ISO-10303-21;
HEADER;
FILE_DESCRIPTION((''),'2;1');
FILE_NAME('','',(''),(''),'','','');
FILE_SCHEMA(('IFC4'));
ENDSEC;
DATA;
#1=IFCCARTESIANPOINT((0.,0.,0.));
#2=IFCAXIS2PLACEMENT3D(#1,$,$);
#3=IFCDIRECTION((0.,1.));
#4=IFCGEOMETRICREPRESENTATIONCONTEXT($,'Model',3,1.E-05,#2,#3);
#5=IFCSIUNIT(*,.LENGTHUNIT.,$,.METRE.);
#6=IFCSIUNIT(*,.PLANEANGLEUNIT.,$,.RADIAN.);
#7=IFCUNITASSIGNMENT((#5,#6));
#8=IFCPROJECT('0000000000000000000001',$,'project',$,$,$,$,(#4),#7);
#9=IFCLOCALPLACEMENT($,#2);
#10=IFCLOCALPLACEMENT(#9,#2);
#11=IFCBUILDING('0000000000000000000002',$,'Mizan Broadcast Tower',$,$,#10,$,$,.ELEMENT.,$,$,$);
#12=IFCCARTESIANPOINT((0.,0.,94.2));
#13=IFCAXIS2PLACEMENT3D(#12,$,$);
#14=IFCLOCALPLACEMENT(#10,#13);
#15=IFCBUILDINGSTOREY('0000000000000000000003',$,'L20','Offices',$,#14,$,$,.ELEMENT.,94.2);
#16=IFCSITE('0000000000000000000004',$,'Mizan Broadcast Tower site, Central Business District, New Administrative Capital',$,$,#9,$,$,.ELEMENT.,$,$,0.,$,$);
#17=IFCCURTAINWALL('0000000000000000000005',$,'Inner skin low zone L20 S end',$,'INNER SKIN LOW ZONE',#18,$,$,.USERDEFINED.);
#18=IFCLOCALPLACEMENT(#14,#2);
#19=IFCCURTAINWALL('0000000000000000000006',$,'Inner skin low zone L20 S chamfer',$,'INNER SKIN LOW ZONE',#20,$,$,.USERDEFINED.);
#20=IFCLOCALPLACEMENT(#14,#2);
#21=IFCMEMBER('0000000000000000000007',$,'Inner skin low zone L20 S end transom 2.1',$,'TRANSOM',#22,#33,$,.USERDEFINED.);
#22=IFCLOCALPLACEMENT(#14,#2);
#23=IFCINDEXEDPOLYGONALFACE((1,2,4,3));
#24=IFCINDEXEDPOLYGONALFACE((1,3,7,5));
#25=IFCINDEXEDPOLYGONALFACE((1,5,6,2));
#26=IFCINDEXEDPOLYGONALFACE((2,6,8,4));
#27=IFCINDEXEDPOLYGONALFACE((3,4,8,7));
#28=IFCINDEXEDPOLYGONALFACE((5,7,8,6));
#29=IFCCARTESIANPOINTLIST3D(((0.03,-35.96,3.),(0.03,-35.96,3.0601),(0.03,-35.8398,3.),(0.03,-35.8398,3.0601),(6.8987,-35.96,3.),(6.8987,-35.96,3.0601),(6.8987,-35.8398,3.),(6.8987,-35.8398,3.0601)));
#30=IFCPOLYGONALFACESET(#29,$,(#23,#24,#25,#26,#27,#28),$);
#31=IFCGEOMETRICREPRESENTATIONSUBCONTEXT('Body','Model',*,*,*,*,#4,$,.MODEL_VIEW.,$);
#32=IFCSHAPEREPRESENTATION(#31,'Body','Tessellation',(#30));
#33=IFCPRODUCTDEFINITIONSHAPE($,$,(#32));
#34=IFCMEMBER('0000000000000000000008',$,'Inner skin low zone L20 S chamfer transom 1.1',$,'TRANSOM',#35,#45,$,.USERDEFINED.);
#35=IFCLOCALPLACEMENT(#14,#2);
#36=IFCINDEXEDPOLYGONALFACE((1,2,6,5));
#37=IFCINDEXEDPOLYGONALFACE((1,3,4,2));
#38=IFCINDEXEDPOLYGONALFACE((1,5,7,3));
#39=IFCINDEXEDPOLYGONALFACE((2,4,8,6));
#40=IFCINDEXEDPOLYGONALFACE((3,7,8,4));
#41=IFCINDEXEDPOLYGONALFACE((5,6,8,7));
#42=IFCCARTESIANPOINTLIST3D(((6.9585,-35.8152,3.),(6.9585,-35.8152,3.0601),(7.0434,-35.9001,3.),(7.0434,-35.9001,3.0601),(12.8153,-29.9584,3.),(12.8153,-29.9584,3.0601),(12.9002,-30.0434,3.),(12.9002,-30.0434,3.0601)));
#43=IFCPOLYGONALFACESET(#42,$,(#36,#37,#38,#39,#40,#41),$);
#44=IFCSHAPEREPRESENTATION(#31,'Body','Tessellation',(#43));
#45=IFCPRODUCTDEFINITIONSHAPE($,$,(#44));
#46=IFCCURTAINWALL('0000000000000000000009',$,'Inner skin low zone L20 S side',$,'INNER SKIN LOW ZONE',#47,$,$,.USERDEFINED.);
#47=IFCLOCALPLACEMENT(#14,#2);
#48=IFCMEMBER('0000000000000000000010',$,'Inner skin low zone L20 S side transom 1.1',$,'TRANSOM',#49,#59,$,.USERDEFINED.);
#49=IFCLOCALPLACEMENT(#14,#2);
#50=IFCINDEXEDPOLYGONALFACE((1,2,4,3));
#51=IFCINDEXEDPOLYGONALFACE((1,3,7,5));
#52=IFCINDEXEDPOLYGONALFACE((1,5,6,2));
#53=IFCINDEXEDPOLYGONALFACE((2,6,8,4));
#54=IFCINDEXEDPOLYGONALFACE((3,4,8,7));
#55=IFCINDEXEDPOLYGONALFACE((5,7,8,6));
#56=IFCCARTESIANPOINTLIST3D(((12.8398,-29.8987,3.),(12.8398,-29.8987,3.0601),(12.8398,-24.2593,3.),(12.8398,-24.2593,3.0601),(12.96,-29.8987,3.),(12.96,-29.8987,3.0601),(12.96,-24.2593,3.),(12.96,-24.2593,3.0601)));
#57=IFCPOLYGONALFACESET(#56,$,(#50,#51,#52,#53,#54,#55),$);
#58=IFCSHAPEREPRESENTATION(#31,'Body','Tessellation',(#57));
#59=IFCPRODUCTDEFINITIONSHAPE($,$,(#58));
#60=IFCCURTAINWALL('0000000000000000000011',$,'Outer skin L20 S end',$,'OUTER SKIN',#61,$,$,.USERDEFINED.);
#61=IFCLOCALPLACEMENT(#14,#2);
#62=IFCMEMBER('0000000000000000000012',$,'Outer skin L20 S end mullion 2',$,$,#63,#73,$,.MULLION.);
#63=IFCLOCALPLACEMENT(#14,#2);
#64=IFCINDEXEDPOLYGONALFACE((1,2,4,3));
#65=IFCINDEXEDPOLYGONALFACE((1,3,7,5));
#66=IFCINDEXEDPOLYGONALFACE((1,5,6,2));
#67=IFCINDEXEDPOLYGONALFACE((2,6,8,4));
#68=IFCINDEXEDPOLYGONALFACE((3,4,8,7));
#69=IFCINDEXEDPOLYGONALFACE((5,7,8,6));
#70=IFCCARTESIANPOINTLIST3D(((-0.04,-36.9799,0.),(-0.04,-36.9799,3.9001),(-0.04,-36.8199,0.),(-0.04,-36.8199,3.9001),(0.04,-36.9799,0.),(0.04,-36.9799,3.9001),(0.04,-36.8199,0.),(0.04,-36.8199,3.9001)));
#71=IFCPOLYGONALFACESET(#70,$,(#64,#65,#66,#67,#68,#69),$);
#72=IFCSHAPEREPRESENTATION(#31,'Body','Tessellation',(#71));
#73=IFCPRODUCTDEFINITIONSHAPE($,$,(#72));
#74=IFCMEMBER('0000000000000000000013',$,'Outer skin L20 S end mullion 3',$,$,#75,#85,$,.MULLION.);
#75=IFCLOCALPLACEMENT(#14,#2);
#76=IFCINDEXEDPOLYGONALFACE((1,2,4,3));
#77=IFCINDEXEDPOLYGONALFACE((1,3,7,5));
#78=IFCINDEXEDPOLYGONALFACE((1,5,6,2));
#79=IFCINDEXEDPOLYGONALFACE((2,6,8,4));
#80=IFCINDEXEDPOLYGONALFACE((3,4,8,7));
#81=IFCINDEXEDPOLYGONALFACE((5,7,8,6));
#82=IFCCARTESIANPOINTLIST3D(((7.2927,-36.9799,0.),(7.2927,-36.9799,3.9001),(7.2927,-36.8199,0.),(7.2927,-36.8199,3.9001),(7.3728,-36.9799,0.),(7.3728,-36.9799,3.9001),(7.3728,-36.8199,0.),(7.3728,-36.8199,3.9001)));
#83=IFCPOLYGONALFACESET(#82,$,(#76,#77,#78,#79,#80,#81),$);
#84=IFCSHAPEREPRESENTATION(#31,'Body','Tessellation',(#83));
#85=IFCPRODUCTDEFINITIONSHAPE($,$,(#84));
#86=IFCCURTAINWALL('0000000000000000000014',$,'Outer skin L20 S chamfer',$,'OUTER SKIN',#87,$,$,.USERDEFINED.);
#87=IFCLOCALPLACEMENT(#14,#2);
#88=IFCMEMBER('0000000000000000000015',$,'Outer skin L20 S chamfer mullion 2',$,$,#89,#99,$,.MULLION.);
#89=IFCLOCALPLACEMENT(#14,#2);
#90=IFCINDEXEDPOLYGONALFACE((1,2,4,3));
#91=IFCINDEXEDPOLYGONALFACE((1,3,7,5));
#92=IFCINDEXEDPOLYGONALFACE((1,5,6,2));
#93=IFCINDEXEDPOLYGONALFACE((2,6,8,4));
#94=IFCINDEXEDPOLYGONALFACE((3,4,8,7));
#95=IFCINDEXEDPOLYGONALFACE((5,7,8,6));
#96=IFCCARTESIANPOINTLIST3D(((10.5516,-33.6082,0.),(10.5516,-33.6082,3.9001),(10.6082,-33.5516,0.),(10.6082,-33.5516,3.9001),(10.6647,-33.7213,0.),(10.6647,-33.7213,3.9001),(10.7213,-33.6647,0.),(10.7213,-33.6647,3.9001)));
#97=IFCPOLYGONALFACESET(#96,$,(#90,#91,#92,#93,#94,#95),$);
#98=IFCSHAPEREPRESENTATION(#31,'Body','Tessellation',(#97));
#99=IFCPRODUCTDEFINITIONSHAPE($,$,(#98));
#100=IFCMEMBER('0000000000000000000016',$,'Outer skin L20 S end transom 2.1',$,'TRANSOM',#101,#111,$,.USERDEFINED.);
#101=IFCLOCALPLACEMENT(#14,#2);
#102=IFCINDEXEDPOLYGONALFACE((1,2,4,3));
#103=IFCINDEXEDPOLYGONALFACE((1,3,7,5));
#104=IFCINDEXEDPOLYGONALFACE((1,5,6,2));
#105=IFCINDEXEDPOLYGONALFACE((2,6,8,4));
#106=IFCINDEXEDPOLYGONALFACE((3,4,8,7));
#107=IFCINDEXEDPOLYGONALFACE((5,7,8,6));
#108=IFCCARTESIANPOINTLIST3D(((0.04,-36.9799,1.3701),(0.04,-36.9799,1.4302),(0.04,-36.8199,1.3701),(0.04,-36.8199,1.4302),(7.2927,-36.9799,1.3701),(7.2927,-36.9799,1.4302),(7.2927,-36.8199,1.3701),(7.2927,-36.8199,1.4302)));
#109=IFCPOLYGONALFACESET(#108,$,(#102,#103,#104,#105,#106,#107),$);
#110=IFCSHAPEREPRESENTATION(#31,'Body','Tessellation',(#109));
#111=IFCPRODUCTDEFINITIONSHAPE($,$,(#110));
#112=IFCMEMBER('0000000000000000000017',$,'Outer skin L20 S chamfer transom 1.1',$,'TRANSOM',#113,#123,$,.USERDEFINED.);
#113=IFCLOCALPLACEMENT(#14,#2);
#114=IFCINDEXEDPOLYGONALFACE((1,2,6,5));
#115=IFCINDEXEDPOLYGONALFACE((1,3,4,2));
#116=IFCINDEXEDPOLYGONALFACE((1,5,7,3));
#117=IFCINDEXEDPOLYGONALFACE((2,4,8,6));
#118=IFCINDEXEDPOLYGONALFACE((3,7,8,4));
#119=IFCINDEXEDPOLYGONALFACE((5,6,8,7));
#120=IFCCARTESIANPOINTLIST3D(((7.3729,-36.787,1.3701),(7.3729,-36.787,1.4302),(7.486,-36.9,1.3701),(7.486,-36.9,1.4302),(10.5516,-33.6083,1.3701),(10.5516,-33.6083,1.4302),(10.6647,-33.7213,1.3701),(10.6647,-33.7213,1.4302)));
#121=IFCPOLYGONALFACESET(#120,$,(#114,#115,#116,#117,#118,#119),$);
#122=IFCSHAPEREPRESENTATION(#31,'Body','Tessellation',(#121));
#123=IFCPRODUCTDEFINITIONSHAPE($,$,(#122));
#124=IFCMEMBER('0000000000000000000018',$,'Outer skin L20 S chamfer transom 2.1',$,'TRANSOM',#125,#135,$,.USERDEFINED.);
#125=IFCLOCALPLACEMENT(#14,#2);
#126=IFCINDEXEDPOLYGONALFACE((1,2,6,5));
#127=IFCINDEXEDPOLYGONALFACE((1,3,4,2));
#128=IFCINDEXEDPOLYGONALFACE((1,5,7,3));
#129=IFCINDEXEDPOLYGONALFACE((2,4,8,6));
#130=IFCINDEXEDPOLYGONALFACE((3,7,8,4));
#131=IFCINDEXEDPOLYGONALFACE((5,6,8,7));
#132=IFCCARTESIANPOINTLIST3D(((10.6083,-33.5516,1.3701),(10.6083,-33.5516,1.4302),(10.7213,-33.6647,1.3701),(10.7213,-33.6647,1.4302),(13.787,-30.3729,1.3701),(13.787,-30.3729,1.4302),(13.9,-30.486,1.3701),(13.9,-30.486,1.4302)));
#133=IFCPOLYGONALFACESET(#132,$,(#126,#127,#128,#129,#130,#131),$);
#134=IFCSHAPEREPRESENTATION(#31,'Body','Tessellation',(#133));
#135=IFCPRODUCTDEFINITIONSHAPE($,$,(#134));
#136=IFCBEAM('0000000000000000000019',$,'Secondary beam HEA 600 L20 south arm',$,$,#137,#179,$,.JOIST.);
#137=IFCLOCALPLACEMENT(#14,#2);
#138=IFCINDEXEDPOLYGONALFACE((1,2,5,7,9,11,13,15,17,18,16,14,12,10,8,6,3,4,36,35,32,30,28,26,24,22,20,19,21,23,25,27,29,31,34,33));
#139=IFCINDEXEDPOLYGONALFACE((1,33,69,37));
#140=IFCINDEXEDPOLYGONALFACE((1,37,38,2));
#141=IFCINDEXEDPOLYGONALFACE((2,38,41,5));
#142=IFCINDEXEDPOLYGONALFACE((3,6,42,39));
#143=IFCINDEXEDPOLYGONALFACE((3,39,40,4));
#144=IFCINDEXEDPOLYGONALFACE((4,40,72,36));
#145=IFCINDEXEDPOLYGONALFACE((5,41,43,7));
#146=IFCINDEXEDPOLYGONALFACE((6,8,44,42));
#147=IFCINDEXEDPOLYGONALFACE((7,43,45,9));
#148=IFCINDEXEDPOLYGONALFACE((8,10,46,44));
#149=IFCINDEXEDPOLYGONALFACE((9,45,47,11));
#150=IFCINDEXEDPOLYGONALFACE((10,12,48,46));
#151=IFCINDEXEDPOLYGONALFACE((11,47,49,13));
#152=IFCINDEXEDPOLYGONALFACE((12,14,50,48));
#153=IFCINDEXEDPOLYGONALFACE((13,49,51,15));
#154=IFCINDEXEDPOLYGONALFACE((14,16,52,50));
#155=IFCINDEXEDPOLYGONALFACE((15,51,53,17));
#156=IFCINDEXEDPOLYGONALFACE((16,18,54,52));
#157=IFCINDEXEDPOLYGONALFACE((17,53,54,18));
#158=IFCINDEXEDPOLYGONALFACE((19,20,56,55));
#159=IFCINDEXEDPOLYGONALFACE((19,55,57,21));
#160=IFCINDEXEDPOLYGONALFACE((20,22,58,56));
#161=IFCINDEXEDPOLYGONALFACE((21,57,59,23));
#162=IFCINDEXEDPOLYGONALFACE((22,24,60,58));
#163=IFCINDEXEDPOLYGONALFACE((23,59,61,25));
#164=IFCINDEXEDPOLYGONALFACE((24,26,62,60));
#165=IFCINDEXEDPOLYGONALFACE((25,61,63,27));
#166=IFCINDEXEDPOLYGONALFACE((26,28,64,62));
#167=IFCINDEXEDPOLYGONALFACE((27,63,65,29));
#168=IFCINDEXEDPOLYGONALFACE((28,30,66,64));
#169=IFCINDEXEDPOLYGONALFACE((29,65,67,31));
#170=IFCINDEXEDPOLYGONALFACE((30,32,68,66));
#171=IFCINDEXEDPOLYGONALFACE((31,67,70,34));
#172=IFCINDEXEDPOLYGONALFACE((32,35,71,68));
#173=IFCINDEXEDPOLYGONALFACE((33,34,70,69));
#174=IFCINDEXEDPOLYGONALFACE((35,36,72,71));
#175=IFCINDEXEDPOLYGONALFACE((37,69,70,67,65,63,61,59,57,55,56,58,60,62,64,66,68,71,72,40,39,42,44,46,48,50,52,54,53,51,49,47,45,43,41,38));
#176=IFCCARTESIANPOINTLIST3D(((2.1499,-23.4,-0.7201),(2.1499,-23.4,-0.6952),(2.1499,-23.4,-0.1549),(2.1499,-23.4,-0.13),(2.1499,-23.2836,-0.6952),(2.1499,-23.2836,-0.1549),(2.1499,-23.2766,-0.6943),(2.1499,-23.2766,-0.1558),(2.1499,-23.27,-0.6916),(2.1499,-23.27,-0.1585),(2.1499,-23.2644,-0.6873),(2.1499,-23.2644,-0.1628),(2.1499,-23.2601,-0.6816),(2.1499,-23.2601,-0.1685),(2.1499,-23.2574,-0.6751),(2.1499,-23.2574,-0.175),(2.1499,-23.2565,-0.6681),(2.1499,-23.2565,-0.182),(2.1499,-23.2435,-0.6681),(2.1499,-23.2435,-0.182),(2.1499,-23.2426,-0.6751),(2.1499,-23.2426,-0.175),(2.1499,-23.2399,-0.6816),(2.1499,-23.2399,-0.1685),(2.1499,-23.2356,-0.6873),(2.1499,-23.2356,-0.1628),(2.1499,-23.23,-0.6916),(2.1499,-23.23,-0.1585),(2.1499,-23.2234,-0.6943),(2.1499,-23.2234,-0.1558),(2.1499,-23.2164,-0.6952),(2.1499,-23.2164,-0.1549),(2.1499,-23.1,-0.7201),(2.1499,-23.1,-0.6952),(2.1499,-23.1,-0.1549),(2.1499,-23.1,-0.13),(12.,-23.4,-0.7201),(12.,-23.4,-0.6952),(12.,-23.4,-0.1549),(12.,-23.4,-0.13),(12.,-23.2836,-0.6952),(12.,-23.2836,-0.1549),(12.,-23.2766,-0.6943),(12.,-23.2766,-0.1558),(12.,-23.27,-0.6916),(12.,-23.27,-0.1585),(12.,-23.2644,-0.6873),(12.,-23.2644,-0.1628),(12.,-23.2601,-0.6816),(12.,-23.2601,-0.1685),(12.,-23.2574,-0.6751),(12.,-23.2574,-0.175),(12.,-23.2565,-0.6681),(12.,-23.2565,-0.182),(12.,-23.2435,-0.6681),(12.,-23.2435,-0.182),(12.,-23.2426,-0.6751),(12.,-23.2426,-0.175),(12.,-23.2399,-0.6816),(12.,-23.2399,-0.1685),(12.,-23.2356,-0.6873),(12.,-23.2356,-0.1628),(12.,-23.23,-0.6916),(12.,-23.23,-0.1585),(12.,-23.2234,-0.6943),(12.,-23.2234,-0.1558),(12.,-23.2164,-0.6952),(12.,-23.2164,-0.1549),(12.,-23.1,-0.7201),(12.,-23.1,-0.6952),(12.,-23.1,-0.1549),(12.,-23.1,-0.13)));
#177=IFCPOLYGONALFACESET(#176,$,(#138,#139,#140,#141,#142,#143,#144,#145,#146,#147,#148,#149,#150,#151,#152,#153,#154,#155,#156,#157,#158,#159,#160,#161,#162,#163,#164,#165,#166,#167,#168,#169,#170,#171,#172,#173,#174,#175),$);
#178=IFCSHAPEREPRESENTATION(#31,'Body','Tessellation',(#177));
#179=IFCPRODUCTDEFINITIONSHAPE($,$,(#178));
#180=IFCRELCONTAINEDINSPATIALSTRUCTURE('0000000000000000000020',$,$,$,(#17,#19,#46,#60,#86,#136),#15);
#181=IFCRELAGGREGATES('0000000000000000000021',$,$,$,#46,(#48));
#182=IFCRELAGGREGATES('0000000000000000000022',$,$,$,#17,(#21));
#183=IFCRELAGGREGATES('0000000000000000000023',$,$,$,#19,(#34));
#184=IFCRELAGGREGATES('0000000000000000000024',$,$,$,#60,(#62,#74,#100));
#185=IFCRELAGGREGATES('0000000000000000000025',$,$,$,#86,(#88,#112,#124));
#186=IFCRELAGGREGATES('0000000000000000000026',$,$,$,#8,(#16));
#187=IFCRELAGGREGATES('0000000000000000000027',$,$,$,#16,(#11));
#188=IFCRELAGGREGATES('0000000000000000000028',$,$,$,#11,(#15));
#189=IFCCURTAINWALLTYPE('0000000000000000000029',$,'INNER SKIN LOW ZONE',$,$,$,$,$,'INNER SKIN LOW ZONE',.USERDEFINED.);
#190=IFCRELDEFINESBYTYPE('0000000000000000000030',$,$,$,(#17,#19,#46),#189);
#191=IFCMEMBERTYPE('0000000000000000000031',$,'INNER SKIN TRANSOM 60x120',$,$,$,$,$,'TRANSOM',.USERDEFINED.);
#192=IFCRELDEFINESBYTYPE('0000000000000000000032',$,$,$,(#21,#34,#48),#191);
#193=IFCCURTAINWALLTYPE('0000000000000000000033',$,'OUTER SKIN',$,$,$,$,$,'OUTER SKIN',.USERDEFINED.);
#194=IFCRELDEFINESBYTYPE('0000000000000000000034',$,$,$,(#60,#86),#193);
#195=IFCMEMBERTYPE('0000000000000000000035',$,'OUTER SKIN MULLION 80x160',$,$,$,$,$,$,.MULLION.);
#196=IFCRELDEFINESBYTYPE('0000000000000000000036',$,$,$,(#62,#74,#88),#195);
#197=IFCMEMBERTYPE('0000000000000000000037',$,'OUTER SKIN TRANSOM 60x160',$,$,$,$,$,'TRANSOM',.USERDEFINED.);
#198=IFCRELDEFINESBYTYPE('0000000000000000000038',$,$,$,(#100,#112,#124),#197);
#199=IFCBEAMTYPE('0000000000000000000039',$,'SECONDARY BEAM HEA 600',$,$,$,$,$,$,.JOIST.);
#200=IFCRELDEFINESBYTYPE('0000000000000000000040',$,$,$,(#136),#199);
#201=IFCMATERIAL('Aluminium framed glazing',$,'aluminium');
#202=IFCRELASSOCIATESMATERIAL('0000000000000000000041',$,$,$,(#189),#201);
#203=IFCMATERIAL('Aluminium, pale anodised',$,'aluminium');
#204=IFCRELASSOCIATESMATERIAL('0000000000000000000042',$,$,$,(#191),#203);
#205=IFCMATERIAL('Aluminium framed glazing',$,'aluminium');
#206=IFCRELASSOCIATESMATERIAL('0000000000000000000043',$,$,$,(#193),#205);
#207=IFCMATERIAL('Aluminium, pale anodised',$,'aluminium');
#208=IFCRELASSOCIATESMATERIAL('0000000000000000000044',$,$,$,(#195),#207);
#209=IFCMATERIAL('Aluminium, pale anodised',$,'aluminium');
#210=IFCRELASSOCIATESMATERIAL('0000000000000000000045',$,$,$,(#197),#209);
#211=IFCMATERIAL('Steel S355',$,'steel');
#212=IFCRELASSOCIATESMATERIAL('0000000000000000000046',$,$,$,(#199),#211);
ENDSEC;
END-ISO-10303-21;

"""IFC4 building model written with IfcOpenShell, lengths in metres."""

from ifc_helpers import new_model, si_unit, direction, frame, origin, origin_2d, place, context, subcontext, project, spatial, rectangle, i_section, extrude, material, material_profile, profile_set, type_object, element, aggregate, save


model = new_model("IFC4")

# Units and contexts
model_context = context("Model", 3, precision=1e-05, world=origin(), true_north=direction((0.0, 1.0)))
body_context = subcontext(model_context, "Body", "Model", "MODEL_VIEW")
ifc_project = project(units=[si_unit("LENGTHUNIT", "METRE"), si_unit("PLANEANGLEUNIT", "RADIAN")], contexts=[model_context])

# Site, building, storey
site_placement = place(None, origin())
site = spatial("IfcSite", under=ifc_project, at=site_placement, Name="Mizan Broadcast Tower site, Central Business District, New Administrative Capital", CompositionType="ELEMENT", RefElevation=0.0)
building_placement = place(site_placement, origin())
building = spatial("IfcBuilding", under=site, at=building_placement, Name="Mizan Broadcast Tower", CompositionType="ELEMENT")
storey_placement = place(building_placement, frame((0.0, 0.0, 94.2)))
storey = spatial("IfcBuildingStorey", under=building, at=storey_placement, Name="L20", Description="Offices", CompositionType="ELEMENT", Elevation=94.2)

# Curtain wall
ifc_material_1 = material(Name="Aluminium framed glazing", Category="aluminium")
curtain_wall_type_1 = type_object("IfcCurtainWallType", Name="INNER SKIN LOW ZONE", ElementType="INNER SKIN LOW ZONE", PredefinedType="USERDEFINED", material=ifc_material_1)
curtain_wall_1_placement = place(storey_placement, origin())
curtain_wall_1 = element("IfcCurtainWall", 1, at=curtain_wall_1_placement, inside=storey, type_object=curtain_wall_type_1, Name="Inner skin low zone L20 S end", ObjectType="INNER SKIN LOW ZONE", PredefinedType="USERDEFINED")

# Curtain wall
curtain_wall_2_placement = place(storey_placement, origin())
curtain_wall_2 = element("IfcCurtainWall", 2, at=curtain_wall_2_placement, inside=storey, type_object=curtain_wall_type_1, Name="Inner skin low zone L20 S chamfer", ObjectType="INNER SKIN LOW ZONE", PredefinedType="USERDEFINED")

# Members
ifc_material_2 = material(Name="Aluminium, pale anodised", Category="aluminium")
ifc_material_profile_1 = material_profile(ifc_material_2, rectangle(XDim=0.1201, YDim=0.0601, at=origin_2d()), Name="TRANSOM 120x60")
ifc_profile_set_1 = profile_set([ifc_material_profile_1], Name="Aluminium, pale anodised")
member_type_1 = type_object("IfcMemberType", Name="INNER SKIN TRANSOM 60x120", ElementType="TRANSOM", PredefinedType="USERDEFINED", material=ifc_profile_set_1)
member_1_placement = place(storey_placement, frame((0.03, -35.8999, 3.03), z_axis=(1.0, 0.0, 0.0), x_axis=(0.0, 1.0, 0.0)))
member_1 = element("IfcMember", 3, at=member_1_placement, type_object=member_type_1, Name="Inner skin low zone L20 S end transom 2.1", ObjectType="TRANSOM", PredefinedType="USERDEFINED", context=body_context, shape_type="SweptSolid", body=[
    extrude(rectangle(XDim=0.1201, YDim=0.0601, at=origin_2d()), origin(), (0.0, 0.0, 1.0), 6.8687),
])
member_2_placement = place(storey_placement, frame((7.001, -35.8577, 3.03), z_axis=(0.707107, 0.707107, 0.0), x_axis=(-0.707107, 0.707107, 0.0)))
member_2 = element("IfcMember", 4, at=member_2_placement, type_object=member_type_1, Name="Inner skin low zone L20 S chamfer transom 1.1", ObjectType="TRANSOM", PredefinedType="USERDEFINED", context=body_context, shape_type="SweptSolid", body=[
    extrude(rectangle(XDim=0.1201, YDim=0.0601, at=origin_2d()), origin(), (0.0, 0.0, 1.0), 8.2827),
])

# Curtain wall, member
curtain_wall_3_placement = place(storey_placement, origin())
curtain_wall_3 = element("IfcCurtainWall", 5, at=curtain_wall_3_placement, inside=storey, type_object=curtain_wall_type_1, Name="Inner skin low zone L20 S side", ObjectType="INNER SKIN LOW ZONE", PredefinedType="USERDEFINED")
member_3_placement = place(storey_placement, frame((12.8999, -29.8987, 3.03), z_axis=(0.0, 1.0, 0.0), x_axis=(-1.0, 0.0, 0.0)))
member_3 = element("IfcMember", 6, at=member_3_placement, type_object=member_type_1, Name="Inner skin low zone L20 S side transom 1.1", ObjectType="TRANSOM", PredefinedType="USERDEFINED", context=body_context, shape_type="SweptSolid", body=[
    extrude(rectangle(XDim=0.1201, YDim=0.0601, at=origin_2d()), origin(), (0.0, 0.0, 1.0), 5.6394),
])

# Curtain wall, members
ifc_material_3 = material(Name="Aluminium framed glazing", Category="aluminium")
curtain_wall_type_2 = type_object("IfcCurtainWallType", Name="OUTER SKIN", ElementType="OUTER SKIN", PredefinedType="USERDEFINED", material=ifc_material_3)
curtain_wall_4_placement = place(storey_placement, origin())
curtain_wall_4 = element("IfcCurtainWall", 7, at=curtain_wall_4_placement, inside=storey, type_object=curtain_wall_type_2, Name="Outer skin L20 S end", ObjectType="OUTER SKIN", PredefinedType="USERDEFINED")
ifc_material_4 = material(Name="Aluminium, pale anodised", Category="aluminium")
ifc_material_profile_2 = material_profile(ifc_material_4, rectangle(XDim=0.1599, YDim=0.0801, at=origin_2d()), Name="MULLION 160x80")
ifc_profile_set_2 = profile_set([ifc_material_profile_2], Name="Aluminium, pale anodised")
member_type_2 = type_object("IfcMemberType", Name="OUTER SKIN MULLION 80x160", PredefinedType="MULLION", material=ifc_profile_set_2)
member_4_placement = place(storey_placement, frame((0.0, -36.8999, 0.0), z_axis=(0.0, 0.0, 1.0), x_axis=(0.0, 1.0, 0.0)))
member_4 = element("IfcMember", 8, at=member_4_placement, type_object=member_type_2, Name="Outer skin L20 S end mullion 2", PredefinedType="MULLION", context=body_context, shape_type="SweptSolid", body=[
    extrude(rectangle(XDim=0.1599, YDim=0.0801, at=origin_2d()), origin(), (0.0, 0.0, 1.0), 3.9001),
])
member_5_placement = place(storey_placement, frame((7.3328, -36.8999, 0.0), z_axis=(0.0, 0.0, 1.0), x_axis=(0.0, 1.0, 0.0)))
member_5 = element("IfcMember", 9, at=member_5_placement, type_object=member_type_2, Name="Outer skin L20 S end mullion 3", PredefinedType="MULLION", context=body_context, shape_type="SweptSolid", body=[
    extrude(rectangle(XDim=0.1599, YDim=0.0801, at=origin_2d()), origin(), (0.0, 0.0, 1.0), 3.9001),
])

# Curtain wall, member
curtain_wall_5_placement = place(storey_placement, origin())
curtain_wall_5 = element("IfcCurtainWall", 10, at=curtain_wall_5_placement, inside=storey, type_object=curtain_wall_type_2, Name="Outer skin L20 S chamfer", ObjectType="OUTER SKIN", PredefinedType="USERDEFINED")
member_6_placement = place(storey_placement, frame((10.6365, -33.6365, 0.0), z_axis=(0.0, 0.0, 1.0), x_axis=(-0.707107, 0.707107, 0.0)))
member_6 = element("IfcMember", 11, at=member_6_placement, type_object=member_type_2, Name="Outer skin L20 S chamfer mullion 2", PredefinedType="MULLION", context=body_context, shape_type="SweptSolid", body=[
    extrude(rectangle(XDim=0.1599, YDim=0.0801, at=origin_2d()), origin(), (0.0, 0.0, 1.0), 3.9001),
])

# Members
ifc_material_5 = material(Name="Aluminium, pale anodised", Category="aluminium")
ifc_material_profile_3 = material_profile(ifc_material_5, rectangle(XDim=0.1599, YDim=0.0601, at=origin_2d()), Name="TRANSOM 160x60")
ifc_profile_set_3 = profile_set([ifc_material_profile_3], Name="Aluminium, pale anodised")
member_type_3 = type_object("IfcMemberType", Name="OUTER SKIN TRANSOM 60x160", ElementType="TRANSOM", PredefinedType="USERDEFINED", material=ifc_profile_set_3)
member_7_placement = place(storey_placement, frame((0.04, -36.8999, 1.4001), z_axis=(1.0, 0.0, 0.0), x_axis=(0.0, 1.0, 0.0)))
member_7 = element("IfcMember", 12, at=member_7_placement, type_object=member_type_3, Name="Outer skin L20 S end transom 2.1", ObjectType="TRANSOM", PredefinedType="USERDEFINED", context=body_context, shape_type="SweptSolid", body=[
    extrude(rectangle(XDim=0.1599, YDim=0.0601, at=origin_2d()), origin(), (0.0, 0.0, 1.0), 7.2527),
])
member_8_placement = place(storey_placement, frame((7.4294, -36.8435, 1.4001), z_axis=(0.707107, 0.707107, 0.0), x_axis=(-0.707107, 0.707107, 0.0)))
member_8 = element("IfcMember", 13, at=member_8_placement, type_object=member_type_3, Name="Outer skin L20 S chamfer transom 1.1", ObjectType="TRANSOM", PredefinedType="USERDEFINED", context=body_context, shape_type="SweptSolid", body=[
    extrude(rectangle(XDim=0.1599, YDim=0.0601, at=origin_2d()), origin(), (0.0, 0.0, 1.0), 4.4954),
])
member_9_placement = place(storey_placement, frame((10.6648, -33.6082, 1.4001), z_axis=(0.707107, 0.707107, 0.0), x_axis=(-0.707107, 0.707107, 0.0)))
member_9 = element("IfcMember", 14, at=member_9_placement, type_object=member_type_3, Name="Outer skin L20 S chamfer transom 2.1", ObjectType="TRANSOM", PredefinedType="USERDEFINED", context=body_context, shape_type="SweptSolid", body=[
    extrude(rectangle(XDim=0.1599, YDim=0.0601, at=origin_2d()), origin(), (0.0, 0.0, 1.0), 4.4954),
])

# Beam
ifc_material_6 = material(Name="Steel S355", Category="steel")
ifc_material_profile_4 = material_profile(ifc_material_6, i_section(OverallWidth=0.3, OverallDepth=0.5901, WebThickness=0.0129, FlangeThickness=0.0249, FilletRadius=0.0271, at=origin_2d()), Name="HEA 600")
ifc_profile_set_4 = profile_set([ifc_material_profile_4], Name="Steel S355")
beam_type_1 = type_object("IfcBeamType", Name="SECONDARY BEAM HEA 600", PredefinedType="JOIST", material=ifc_profile_set_4)
beam_1_placement = place(storey_placement, frame((12.0, -23.25, -0.425), z_axis=(-1.0, 0.0, 0.0), x_axis=(0.0, -1.0, 0.0)))
element("IfcBeam", 15, at=beam_1_placement, inside=storey, type_object=beam_type_1, Name="Secondary beam HEA 600 L20 south arm", PredefinedType="JOIST", context=body_context, shape_type="SweptSolid", body=[
    extrude(i_section(OverallWidth=0.3, OverallDepth=0.5901, WebThickness=0.0129, FlangeThickness=0.0249, FilletRadius=0.0271, at=origin_2d()), origin(), (0.0, 0.0, 1.0), 9.8501),
])

aggregate(curtain_wall_3, [member_3])
aggregate(curtain_wall_1, [member_1])
aggregate(curtain_wall_2, [member_2])
aggregate(curtain_wall_4, [member_4, member_5, member_7])
aggregate(curtain_wall_5, [member_6, member_8, member_9])

save(model, "model.ifc")
